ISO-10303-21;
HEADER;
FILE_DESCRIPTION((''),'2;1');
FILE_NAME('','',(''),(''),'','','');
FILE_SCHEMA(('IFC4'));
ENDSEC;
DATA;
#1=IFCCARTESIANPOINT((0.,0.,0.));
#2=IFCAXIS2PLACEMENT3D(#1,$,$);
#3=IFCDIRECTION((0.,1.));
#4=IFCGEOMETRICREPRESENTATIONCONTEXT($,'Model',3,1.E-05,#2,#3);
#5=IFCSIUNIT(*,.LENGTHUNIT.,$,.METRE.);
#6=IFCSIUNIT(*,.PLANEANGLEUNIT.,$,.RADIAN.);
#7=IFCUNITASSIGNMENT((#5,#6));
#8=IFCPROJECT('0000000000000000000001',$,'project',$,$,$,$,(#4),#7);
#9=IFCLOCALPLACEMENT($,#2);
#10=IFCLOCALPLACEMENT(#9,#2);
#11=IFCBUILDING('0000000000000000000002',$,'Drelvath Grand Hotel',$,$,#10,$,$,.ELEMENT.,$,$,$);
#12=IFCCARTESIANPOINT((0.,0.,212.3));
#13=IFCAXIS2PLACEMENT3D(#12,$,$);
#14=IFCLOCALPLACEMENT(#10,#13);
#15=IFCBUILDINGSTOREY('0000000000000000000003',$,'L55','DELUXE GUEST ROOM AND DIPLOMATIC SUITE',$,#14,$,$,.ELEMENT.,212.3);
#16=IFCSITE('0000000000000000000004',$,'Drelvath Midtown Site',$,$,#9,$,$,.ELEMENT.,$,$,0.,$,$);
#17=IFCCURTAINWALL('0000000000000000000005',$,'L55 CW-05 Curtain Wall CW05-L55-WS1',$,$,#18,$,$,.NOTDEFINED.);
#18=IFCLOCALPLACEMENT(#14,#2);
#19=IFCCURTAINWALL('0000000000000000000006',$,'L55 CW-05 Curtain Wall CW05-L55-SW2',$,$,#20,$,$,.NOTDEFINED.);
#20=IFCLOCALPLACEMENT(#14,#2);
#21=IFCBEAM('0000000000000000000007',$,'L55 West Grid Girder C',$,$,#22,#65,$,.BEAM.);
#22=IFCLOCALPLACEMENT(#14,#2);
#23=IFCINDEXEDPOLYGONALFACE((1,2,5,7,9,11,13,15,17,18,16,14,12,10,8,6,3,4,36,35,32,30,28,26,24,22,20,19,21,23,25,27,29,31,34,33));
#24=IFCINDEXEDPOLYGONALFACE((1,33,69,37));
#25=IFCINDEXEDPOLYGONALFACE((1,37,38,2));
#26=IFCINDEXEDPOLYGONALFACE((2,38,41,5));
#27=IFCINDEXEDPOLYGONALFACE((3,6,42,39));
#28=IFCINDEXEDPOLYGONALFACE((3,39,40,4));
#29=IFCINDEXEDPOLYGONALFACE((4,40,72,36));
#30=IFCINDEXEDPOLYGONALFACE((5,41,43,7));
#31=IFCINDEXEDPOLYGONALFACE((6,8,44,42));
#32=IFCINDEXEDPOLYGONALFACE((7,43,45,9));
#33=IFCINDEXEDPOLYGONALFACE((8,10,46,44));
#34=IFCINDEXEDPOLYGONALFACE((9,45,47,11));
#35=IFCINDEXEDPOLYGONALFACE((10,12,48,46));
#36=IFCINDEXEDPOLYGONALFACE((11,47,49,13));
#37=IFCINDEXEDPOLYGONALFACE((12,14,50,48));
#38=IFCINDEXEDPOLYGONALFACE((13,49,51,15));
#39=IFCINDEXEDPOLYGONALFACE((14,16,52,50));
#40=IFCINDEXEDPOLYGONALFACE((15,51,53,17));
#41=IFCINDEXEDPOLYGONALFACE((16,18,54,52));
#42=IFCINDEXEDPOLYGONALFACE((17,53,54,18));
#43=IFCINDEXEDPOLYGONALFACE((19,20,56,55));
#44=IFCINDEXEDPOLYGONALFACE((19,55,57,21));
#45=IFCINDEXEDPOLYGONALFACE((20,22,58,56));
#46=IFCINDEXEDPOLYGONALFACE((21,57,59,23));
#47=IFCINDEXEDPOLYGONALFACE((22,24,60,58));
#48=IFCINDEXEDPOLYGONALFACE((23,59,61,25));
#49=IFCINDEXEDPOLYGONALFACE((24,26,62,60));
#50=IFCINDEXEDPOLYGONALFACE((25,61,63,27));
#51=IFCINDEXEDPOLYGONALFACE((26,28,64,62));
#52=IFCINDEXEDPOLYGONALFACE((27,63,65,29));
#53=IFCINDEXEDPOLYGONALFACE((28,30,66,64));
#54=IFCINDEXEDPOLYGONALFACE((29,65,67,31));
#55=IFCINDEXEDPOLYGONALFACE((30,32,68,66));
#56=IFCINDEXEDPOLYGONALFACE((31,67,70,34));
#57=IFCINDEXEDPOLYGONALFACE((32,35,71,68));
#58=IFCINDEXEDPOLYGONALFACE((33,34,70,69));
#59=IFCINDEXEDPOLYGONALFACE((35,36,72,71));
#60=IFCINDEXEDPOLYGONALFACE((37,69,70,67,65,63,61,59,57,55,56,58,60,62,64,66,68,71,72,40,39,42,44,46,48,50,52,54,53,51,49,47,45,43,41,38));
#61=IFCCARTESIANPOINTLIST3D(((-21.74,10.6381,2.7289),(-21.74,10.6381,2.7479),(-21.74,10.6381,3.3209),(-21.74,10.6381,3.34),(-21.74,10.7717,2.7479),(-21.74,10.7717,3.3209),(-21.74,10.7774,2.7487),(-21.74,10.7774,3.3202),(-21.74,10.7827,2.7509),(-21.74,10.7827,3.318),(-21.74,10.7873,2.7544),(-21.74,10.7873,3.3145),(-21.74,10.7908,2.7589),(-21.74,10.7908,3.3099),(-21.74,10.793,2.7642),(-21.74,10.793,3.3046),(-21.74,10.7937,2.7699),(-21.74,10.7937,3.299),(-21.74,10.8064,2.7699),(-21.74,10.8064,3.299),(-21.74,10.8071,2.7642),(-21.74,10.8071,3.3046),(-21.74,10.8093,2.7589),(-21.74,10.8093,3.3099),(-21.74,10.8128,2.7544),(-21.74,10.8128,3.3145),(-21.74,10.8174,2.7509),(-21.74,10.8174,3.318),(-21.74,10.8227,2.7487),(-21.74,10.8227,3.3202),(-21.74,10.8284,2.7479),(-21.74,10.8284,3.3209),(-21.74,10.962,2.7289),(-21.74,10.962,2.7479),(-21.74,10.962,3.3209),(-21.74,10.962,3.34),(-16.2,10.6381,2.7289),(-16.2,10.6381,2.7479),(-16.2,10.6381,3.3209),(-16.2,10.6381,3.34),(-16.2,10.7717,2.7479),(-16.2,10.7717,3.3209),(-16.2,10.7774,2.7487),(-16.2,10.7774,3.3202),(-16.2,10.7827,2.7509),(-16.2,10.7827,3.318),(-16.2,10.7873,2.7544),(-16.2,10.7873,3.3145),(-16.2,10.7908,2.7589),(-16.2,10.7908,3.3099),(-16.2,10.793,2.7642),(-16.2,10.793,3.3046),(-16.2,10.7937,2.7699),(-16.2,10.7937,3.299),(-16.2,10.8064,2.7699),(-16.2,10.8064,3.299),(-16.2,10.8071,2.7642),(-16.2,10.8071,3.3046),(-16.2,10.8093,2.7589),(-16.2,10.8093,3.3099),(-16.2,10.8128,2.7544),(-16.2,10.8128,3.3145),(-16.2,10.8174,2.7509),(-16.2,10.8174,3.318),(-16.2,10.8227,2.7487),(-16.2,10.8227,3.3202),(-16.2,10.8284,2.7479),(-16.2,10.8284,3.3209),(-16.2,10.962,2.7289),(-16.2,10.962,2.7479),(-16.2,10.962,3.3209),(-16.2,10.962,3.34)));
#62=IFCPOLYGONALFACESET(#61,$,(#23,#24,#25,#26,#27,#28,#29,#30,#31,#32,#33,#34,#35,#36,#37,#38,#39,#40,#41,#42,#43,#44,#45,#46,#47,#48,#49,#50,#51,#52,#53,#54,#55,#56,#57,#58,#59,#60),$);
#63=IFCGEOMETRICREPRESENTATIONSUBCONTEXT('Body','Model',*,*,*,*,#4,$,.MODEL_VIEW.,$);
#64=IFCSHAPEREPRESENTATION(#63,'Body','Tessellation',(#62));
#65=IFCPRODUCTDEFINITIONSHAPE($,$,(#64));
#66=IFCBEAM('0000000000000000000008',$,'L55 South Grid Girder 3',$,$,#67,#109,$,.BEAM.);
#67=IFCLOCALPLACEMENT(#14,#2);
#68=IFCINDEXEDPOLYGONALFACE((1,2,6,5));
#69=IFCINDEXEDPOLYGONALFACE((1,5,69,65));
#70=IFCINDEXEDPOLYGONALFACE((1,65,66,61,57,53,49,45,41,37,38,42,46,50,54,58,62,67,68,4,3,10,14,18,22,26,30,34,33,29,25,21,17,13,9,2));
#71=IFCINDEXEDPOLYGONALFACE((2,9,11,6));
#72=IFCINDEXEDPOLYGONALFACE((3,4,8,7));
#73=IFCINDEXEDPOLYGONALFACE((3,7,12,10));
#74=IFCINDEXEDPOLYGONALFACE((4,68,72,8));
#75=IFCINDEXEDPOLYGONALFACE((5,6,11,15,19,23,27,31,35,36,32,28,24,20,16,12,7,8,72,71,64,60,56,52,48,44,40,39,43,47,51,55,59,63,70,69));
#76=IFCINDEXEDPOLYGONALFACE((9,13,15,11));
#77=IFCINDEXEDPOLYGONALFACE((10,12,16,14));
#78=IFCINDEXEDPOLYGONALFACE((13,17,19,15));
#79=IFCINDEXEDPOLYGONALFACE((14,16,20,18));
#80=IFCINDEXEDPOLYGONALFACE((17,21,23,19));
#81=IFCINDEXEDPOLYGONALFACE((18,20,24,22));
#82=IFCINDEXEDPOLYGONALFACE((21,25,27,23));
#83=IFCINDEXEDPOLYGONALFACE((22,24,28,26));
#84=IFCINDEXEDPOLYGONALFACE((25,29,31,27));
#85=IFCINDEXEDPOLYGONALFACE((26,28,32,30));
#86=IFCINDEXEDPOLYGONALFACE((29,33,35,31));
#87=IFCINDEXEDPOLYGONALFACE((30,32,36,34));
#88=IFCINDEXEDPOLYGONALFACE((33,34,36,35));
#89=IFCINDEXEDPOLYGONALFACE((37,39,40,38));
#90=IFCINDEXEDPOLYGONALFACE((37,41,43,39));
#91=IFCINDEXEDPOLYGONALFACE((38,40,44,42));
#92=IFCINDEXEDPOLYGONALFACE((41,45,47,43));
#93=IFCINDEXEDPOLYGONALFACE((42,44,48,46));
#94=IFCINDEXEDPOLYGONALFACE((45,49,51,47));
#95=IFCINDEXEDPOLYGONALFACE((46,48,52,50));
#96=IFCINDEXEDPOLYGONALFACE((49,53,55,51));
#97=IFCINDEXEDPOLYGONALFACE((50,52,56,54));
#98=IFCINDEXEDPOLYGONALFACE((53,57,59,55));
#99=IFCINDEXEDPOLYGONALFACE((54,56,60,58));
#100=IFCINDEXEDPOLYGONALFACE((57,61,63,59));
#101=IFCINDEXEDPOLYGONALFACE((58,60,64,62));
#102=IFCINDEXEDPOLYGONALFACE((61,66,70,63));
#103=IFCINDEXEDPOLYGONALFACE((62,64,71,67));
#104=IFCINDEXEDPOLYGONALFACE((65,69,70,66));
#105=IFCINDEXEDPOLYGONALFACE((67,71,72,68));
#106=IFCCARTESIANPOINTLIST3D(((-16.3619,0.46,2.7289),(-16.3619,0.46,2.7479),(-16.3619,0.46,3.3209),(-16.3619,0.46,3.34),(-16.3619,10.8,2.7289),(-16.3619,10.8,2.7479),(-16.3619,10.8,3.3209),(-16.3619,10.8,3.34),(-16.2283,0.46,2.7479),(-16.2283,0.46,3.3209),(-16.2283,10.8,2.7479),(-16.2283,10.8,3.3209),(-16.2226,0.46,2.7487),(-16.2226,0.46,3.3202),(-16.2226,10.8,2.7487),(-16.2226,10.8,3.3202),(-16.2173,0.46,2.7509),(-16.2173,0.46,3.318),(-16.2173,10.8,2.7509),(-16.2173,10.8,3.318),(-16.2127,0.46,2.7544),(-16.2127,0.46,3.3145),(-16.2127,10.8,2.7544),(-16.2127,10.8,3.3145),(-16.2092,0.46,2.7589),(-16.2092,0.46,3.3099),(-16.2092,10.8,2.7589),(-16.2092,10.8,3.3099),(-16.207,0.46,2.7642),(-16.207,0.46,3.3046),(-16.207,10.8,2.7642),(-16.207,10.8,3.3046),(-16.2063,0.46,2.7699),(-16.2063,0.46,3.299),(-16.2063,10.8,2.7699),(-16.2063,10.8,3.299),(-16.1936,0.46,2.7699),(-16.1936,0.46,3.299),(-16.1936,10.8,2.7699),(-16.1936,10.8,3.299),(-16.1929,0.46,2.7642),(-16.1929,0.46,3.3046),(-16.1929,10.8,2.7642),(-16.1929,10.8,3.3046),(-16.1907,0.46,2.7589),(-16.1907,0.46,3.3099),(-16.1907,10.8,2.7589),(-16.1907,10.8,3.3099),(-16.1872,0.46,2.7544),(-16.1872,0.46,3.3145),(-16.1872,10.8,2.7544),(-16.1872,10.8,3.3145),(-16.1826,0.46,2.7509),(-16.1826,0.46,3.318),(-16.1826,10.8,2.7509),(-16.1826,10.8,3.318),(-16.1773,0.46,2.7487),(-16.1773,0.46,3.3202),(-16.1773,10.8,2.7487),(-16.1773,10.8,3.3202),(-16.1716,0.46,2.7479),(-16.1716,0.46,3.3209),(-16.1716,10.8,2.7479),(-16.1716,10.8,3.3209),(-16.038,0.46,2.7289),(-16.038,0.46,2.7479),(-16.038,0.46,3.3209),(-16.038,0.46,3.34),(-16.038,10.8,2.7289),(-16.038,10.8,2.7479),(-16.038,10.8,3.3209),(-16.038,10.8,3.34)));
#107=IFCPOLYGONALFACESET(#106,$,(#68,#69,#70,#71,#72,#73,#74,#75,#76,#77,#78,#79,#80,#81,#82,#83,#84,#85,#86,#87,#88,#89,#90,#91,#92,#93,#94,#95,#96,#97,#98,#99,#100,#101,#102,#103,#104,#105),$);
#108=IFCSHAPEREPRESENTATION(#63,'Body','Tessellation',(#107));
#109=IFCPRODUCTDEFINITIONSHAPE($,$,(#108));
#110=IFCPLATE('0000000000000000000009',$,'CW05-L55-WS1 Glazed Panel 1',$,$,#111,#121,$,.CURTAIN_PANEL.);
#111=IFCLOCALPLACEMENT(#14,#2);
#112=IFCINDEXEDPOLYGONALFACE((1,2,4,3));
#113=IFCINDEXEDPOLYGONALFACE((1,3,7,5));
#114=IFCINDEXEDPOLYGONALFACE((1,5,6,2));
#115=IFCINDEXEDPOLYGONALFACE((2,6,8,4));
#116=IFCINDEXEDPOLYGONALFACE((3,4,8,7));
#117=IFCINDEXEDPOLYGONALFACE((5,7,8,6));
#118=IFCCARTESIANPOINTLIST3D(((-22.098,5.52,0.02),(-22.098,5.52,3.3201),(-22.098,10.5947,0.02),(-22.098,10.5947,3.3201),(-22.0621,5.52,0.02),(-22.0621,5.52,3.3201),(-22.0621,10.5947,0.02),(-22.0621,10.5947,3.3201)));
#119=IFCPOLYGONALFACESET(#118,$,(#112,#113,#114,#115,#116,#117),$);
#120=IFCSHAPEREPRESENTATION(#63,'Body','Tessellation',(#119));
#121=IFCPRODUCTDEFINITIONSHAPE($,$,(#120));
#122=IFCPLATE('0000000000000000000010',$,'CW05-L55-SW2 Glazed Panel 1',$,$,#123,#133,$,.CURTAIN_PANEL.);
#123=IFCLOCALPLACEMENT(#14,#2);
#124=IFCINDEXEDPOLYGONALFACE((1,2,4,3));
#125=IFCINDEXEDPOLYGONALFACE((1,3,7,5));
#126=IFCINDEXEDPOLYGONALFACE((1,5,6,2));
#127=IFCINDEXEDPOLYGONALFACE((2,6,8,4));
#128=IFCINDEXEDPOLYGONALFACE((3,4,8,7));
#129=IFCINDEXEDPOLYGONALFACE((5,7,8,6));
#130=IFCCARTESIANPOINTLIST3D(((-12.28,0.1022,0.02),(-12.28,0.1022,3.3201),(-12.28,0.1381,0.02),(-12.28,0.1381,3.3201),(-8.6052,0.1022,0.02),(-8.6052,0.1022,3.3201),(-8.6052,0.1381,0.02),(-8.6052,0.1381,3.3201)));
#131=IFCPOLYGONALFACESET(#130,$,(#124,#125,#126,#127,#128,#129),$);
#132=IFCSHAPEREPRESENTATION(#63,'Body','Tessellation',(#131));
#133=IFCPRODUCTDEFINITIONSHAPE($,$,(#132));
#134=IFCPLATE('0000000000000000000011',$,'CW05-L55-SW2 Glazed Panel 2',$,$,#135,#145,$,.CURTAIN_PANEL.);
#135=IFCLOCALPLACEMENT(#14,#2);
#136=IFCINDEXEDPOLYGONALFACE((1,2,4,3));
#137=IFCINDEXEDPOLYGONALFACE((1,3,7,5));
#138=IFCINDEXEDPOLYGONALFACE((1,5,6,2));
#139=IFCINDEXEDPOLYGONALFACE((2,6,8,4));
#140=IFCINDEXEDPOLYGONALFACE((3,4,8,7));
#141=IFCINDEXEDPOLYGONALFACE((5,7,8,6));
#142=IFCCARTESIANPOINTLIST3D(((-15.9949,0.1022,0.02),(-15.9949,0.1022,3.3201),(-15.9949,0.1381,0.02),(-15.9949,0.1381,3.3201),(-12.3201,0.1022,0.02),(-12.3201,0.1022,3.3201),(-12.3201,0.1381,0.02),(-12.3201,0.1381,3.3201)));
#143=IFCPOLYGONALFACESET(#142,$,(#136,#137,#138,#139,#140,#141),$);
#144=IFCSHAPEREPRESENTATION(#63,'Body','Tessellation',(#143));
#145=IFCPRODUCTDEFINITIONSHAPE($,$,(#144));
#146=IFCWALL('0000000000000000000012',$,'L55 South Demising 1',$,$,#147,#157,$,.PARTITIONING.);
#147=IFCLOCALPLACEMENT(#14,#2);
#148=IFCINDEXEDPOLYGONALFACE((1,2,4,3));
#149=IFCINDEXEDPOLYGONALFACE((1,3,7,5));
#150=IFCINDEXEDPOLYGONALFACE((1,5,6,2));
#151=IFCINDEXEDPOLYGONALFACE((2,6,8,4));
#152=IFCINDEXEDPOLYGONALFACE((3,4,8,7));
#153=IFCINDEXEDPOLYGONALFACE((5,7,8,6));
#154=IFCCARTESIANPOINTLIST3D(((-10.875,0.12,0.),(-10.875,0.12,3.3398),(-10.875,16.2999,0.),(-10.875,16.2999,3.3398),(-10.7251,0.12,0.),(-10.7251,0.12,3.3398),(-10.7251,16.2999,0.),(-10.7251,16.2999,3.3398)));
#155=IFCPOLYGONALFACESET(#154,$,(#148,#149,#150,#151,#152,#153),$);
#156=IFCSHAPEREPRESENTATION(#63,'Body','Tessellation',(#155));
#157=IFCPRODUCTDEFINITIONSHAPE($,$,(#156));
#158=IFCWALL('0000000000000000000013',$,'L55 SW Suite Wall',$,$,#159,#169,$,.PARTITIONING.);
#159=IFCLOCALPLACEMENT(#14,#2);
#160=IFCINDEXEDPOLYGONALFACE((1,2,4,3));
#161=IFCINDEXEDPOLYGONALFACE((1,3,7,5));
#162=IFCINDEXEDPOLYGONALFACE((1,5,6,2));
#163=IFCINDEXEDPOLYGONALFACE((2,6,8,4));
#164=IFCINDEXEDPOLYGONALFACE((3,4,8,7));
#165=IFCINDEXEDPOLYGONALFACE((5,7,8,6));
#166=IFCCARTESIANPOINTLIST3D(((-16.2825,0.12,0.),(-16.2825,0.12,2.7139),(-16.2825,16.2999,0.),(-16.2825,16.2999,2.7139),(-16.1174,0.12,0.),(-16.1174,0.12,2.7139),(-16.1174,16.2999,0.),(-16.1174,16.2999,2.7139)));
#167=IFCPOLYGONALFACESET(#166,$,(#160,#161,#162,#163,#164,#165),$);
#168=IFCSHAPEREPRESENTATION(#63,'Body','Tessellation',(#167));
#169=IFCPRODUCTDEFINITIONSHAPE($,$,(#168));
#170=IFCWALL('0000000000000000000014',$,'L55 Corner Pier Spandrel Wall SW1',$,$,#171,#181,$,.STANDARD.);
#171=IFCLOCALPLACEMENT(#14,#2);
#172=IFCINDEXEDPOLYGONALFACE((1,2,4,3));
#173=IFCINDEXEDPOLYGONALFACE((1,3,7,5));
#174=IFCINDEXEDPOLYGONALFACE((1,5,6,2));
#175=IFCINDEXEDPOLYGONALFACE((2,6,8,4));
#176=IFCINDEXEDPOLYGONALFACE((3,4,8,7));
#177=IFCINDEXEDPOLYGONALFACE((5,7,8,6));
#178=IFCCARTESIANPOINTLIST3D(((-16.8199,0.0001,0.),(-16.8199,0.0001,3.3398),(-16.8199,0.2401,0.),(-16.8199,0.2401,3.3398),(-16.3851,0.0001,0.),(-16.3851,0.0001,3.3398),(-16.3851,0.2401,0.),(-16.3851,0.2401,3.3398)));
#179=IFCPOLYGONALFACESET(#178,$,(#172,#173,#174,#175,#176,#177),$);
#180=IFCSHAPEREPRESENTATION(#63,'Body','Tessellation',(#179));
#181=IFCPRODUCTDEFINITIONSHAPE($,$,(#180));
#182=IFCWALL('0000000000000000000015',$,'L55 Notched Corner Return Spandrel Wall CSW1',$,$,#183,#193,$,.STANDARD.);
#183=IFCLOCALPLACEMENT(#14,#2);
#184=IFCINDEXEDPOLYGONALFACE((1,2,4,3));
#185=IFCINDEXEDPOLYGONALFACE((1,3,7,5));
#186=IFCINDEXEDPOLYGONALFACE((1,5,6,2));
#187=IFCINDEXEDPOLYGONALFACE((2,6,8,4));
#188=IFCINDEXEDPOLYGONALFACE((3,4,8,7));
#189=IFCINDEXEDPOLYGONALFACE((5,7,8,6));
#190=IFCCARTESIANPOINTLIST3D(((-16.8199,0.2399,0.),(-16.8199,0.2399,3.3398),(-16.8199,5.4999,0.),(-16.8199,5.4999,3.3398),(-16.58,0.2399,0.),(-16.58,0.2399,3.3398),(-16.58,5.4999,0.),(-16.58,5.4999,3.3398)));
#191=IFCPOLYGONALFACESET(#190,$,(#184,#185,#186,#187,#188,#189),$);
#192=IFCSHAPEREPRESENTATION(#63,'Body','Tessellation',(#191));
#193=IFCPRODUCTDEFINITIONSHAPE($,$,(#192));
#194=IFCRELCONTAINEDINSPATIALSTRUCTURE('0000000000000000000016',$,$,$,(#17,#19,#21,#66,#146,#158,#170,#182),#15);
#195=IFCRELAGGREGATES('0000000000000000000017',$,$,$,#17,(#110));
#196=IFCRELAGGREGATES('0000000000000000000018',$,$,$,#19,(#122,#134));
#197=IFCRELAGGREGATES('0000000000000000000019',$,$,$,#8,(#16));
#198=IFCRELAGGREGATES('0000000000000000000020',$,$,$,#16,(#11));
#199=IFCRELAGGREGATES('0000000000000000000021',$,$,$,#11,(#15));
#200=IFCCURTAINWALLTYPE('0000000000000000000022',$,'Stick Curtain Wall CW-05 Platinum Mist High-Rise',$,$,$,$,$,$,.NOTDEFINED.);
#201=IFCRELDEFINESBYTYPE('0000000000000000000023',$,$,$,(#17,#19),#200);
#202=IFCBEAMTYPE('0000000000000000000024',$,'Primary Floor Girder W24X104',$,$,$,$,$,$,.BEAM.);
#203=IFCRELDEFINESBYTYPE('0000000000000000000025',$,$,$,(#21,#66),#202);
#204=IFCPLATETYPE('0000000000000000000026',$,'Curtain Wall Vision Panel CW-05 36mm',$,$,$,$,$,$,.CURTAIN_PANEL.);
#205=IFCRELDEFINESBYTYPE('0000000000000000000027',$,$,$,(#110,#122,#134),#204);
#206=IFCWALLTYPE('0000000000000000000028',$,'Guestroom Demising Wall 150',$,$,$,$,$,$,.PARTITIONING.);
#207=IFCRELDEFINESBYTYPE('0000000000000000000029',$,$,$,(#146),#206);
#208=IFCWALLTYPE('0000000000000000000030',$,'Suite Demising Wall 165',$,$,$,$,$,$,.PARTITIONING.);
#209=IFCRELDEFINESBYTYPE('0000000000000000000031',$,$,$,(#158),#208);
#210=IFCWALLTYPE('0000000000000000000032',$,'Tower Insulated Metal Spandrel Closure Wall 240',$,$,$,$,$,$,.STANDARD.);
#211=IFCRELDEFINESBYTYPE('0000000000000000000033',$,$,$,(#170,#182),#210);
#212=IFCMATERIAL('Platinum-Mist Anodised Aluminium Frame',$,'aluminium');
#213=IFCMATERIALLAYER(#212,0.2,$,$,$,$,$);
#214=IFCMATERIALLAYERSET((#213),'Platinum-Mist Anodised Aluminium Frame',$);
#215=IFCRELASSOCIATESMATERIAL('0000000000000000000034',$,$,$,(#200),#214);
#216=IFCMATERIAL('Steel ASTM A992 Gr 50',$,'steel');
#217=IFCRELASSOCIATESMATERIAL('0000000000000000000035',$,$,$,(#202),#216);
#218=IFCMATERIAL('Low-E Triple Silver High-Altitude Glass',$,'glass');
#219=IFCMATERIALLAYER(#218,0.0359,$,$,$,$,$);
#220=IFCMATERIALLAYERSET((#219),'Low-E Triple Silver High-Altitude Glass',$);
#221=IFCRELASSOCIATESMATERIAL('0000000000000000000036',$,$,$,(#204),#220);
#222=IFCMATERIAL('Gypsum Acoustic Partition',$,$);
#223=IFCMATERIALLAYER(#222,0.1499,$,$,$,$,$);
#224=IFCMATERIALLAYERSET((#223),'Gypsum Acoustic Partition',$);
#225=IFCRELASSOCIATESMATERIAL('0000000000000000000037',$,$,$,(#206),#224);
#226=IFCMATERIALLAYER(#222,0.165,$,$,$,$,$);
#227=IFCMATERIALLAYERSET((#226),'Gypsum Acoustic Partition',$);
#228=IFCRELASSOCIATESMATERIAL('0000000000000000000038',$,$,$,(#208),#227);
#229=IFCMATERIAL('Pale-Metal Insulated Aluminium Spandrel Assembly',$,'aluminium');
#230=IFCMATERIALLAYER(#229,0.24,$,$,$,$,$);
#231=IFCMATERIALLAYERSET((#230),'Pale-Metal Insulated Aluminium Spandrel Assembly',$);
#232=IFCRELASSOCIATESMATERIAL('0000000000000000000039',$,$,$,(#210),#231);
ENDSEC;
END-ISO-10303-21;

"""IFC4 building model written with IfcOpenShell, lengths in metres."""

from ifc_helpers import new_model, si_unit, direction, frame, frame_2d, origin, origin_2d, place, context, subcontext, project, spatial, rectangle, i_section, extrude, material, layer, layer_set, material_profile, profile_set, type_object, element, aggregate, save


model = new_model("IFC4")

# Units and contexts
model_context = context("Model", 3, precision=1e-05, world=origin(), true_north=direction((0.0, 1.0)))
body_context = subcontext(model_context, "Body", "Model", "MODEL_VIEW")
ifc_project = project(units=[si_unit("LENGTHUNIT", "METRE"), si_unit("PLANEANGLEUNIT", "RADIAN")], contexts=[model_context])

# Site, building, storey
site_placement = place(None, origin())
site = spatial("IfcSite", under=ifc_project, at=site_placement, Name="Drelvath Midtown Site", CompositionType="ELEMENT", RefElevation=0.0)
building_placement = place(site_placement, origin())
building = spatial("IfcBuilding", under=site, at=building_placement, Name="Drelvath Grand Hotel", CompositionType="ELEMENT")
storey_placement = place(building_placement, frame((0.0, 0.0, 212.3)))
storey = spatial("IfcBuildingStorey", under=building, at=storey_placement, Name="L55", Description="DELUXE GUEST ROOM AND DIPLOMATIC SUITE", CompositionType="ELEMENT", Elevation=212.3)

# Curtain walls
ifc_material_1 = material(Name="Platinum-Mist Anodised Aluminium Frame", Category="aluminium")
ifc_layer_1 = layer(ifc_material_1, 0.2)
ifc_layer_set_1 = layer_set([ifc_layer_1], Name="Platinum-Mist Anodised Aluminium Frame")
curtain_wall_type = type_object("IfcCurtainWallType", Name="Stick Curtain Wall CW-05 Platinum Mist High-Rise", PredefinedType="NOTDEFINED", material=ifc_layer_set_1)
curtain_wall_1_placement = place(storey_placement, origin())
curtain_wall_1 = element("IfcCurtainWall", 1, at=curtain_wall_1_placement, inside=storey, type_object=curtain_wall_type, Name="L55 CW-05 Curtain Wall CW05-L55-WS1", PredefinedType="NOTDEFINED")
curtain_wall_2_placement = place(storey_placement, origin())
curtain_wall_2 = element("IfcCurtainWall", 2, at=curtain_wall_2_placement, inside=storey, type_object=curtain_wall_type, Name="L55 CW-05 Curtain Wall CW05-L55-SW2", PredefinedType="NOTDEFINED")

# Beams
ifc_material_2 = material(Name="Steel ASTM A992 Gr 50", Category="steel")
ifc_material_profile_1 = material_profile(ifc_material_2, i_section(OverallWidth=0.324, OverallDepth=0.6111, WebThickness=0.0127, FlangeThickness=0.019, FilletRadius=0.022, at=origin_2d()), Name="W24X104")
ifc_profile_set_1 = profile_set([ifc_material_profile_1], Name="Steel ASTM A992 Gr 50")
beam_type_1 = type_object("IfcBeamType", Name="Primary Floor Girder W24X104", PredefinedType="BEAM", material=ifc_profile_set_1)
beam_1_placement = place(storey_placement, frame((-21.74, 10.8, 3.0344), z_axis=(1.0, 0.0, 0.0), x_axis=(0.0, 1.0, 0.0)))
element("IfcBeam", 3, at=beam_1_placement, inside=storey, type_object=beam_type_1, Name="L55 West Grid Girder C", PredefinedType="BEAM", context=body_context, shape_type="SweptSolid", body=[
    extrude(i_section(OverallWidth=0.324, OverallDepth=0.6111, WebThickness=0.0127, FlangeThickness=0.019, FilletRadius=0.022, at=origin_2d()), origin(), (0.0, 0.0, 1.0), 5.54),
])
beam_2_placement = place(storey_placement, frame((-16.2, 0.46, 3.0344), z_axis=(0.0, 1.0, 0.0), x_axis=(-1.0, 0.0, 0.0)))
element("IfcBeam", 4, at=beam_2_placement, inside=storey, type_object=beam_type_1, Name="L55 South Grid Girder 3", PredefinedType="BEAM", context=body_context, shape_type="SweptSolid", body=[
    extrude(i_section(OverallWidth=0.324, OverallDepth=0.6111, WebThickness=0.0127, FlangeThickness=0.019, FilletRadius=0.022, at=origin_2d()), origin(), (0.0, 0.0, 1.0), 10.3401),
])

# Plates
ifc_material_3 = material(Name="Low-E Triple Silver High-Altitude Glass", Category="glass")
ifc_layer_2 = layer(ifc_material_3, 0.0359)
ifc_layer_set_2 = layer_set([ifc_layer_2], Name="Low-E Triple Silver High-Altitude Glass")
plate_type = type_object("IfcPlateType", Name="Curtain Wall Vision Panel CW-05 36mm", PredefinedType="CURTAIN_PANEL", material=ifc_layer_set_2)
plate_1_placement = place(storey_placement, frame((-22.0801, 8.0574, 0.02), z_axis=(0.0, 0.0, 1.0), x_axis=(0.0, 1.0, 0.0)))
plate_1 = element("IfcPlate", 5, at=plate_1_placement, type_object=plate_type, Name="CW05-L55-WS1 Glazed Panel 1", PredefinedType="CURTAIN_PANEL", context=body_context, shape_type="SweptSolid", body=[
    extrude(rectangle(XDim=5.0747, YDim=0.0359, at=origin_2d()), origin(), (0.0, 0.0, 1.0), 3.3),
])
aggregate(curtain_wall_1, [plate_1])
plate_2_placement = place(storey_placement, frame((-10.4426, 0.1201, 0.02), z_axis=(0.0, 0.0, 1.0), x_axis=(-1.0, 0.0, 0.0)))
plate_2 = element("IfcPlate", 6, at=plate_2_placement, type_object=plate_type, Name="CW05-L55-SW2 Glazed Panel 1", PredefinedType="CURTAIN_PANEL", context=body_context, shape_type="SweptSolid", body=[
    extrude(rectangle(XDim=3.6748, YDim=0.0359, at=origin_2d()), origin(), (0.0, 0.0, 1.0), 3.3),
])
plate_3_placement = place(storey_placement, frame((-14.1575, 0.1201, 0.02), z_axis=(0.0, 0.0, 1.0), x_axis=(-1.0, 0.0, 0.0)))
plate_3 = element("IfcPlate", 7, at=plate_3_placement, type_object=plate_type, Name="CW05-L55-SW2 Glazed Panel 2", PredefinedType="CURTAIN_PANEL", context=body_context, shape_type="SweptSolid", body=[
    extrude(rectangle(XDim=3.6748, YDim=0.0359, at=origin_2d()), origin(), (0.0, 0.0, 1.0), 3.3),
])
aggregate(curtain_wall_2, [plate_2, plate_3])

# Walls
ifc_material_4 = material(Name="Gypsum Acoustic Partition")
ifc_layer_3 = layer(ifc_material_4, 0.1499)
ifc_layer_set_3 = layer_set([ifc_layer_3], Name="Gypsum Acoustic Partition")
wall_type_1 = type_object("IfcWallType", Name="Guestroom Demising Wall 150", PredefinedType="PARTITIONING", material=ifc_layer_set_3)
wall_1_placement = place(storey_placement, frame((-10.8, 0.1201, 0.0), z_axis=(0.0, 0.0, 1.0), x_axis=(0.0, 1.0, 0.0)))
element("IfcWall", 8, at=wall_1_placement, inside=storey, type_object=wall_type_1, Name="L55 South Demising 1", PredefinedType="PARTITIONING", context=body_context, shape_type="SweptSolid", body=[
    extrude(rectangle(XDim=16.1799, YDim=0.1499, at=frame_2d((8.0898, 0.0))), origin(), (0.0, 0.0, 1.0), 3.3398),
])
ifc_layer_4 = layer(ifc_material_4, 0.165)
ifc_layer_set_4 = layer_set([ifc_layer_4], Name="Gypsum Acoustic Partition")
wall_type_2 = type_object("IfcWallType", Name="Suite Demising Wall 165", PredefinedType="PARTITIONING", material=ifc_layer_set_4)
wall_2_placement = place(storey_placement, frame((-16.2, 0.1201, 0.0), z_axis=(0.0, 0.0, 1.0), x_axis=(0.0, 1.0, 0.0)))
element("IfcWall", 9, at=wall_2_placement, inside=storey, type_object=wall_type_2, Name="L55 SW Suite Wall", PredefinedType="PARTITIONING", context=body_context, shape_type="SweptSolid", body=[
    extrude(rectangle(XDim=16.1799, YDim=0.165, at=frame_2d((8.0898, 0.0))), origin(), (0.0, 0.0, 1.0), 2.7139),
])
ifc_material_5 = material(Name="Pale-Metal Insulated Aluminium Spandrel Assembly", Category="aluminium")
ifc_layer_5 = layer(ifc_material_5, 0.24)
ifc_layer_set_5 = layer_set([ifc_layer_5], Name="Pale-Metal Insulated Aluminium Spandrel Assembly")
wall_type_3 = type_object("IfcWallType", Name="Tower Insulated Metal Spandrel Closure Wall 240", PredefinedType="STANDARD", material=ifc_layer_set_5)
wall_3_placement = place(storey_placement, frame((-16.3853, 0.1201, 0.0), z_axis=(0.0, 0.0, 1.0), x_axis=(-1.0, 0.0, 0.0)))
element("IfcWall", 10, at=wall_3_placement, inside=storey, type_object=wall_type_3, Name="L55 Corner Pier Spandrel Wall SW1", PredefinedType="STANDARD", context=body_context, shape_type="SweptSolid", body=[
    extrude(rectangle(XDim=0.4348, YDim=0.24, at=frame_2d((0.2173, 0.0))), origin(), (0.0, 0.0, 1.0), 3.3398),
])
wall_4_placement = place(storey_placement, frame((-16.7, 0.24, 0.0), z_axis=(0.0, 0.0, 1.0), x_axis=(0.0, 1.0, 0.0)))
element("IfcWall", 11, at=wall_4_placement, inside=storey, type_object=wall_type_3, Name="L55 Notched Corner Return Spandrel Wall CSW1", PredefinedType="STANDARD", context=body_context, shape_type="SweptSolid", body=[
    extrude(rectangle(XDim=5.26, YDim=0.24, at=frame_2d((2.6299, 0.0))), origin(), (0.0, 0.0, 1.0), 3.3398),
])

save(model, "model.ifc")
